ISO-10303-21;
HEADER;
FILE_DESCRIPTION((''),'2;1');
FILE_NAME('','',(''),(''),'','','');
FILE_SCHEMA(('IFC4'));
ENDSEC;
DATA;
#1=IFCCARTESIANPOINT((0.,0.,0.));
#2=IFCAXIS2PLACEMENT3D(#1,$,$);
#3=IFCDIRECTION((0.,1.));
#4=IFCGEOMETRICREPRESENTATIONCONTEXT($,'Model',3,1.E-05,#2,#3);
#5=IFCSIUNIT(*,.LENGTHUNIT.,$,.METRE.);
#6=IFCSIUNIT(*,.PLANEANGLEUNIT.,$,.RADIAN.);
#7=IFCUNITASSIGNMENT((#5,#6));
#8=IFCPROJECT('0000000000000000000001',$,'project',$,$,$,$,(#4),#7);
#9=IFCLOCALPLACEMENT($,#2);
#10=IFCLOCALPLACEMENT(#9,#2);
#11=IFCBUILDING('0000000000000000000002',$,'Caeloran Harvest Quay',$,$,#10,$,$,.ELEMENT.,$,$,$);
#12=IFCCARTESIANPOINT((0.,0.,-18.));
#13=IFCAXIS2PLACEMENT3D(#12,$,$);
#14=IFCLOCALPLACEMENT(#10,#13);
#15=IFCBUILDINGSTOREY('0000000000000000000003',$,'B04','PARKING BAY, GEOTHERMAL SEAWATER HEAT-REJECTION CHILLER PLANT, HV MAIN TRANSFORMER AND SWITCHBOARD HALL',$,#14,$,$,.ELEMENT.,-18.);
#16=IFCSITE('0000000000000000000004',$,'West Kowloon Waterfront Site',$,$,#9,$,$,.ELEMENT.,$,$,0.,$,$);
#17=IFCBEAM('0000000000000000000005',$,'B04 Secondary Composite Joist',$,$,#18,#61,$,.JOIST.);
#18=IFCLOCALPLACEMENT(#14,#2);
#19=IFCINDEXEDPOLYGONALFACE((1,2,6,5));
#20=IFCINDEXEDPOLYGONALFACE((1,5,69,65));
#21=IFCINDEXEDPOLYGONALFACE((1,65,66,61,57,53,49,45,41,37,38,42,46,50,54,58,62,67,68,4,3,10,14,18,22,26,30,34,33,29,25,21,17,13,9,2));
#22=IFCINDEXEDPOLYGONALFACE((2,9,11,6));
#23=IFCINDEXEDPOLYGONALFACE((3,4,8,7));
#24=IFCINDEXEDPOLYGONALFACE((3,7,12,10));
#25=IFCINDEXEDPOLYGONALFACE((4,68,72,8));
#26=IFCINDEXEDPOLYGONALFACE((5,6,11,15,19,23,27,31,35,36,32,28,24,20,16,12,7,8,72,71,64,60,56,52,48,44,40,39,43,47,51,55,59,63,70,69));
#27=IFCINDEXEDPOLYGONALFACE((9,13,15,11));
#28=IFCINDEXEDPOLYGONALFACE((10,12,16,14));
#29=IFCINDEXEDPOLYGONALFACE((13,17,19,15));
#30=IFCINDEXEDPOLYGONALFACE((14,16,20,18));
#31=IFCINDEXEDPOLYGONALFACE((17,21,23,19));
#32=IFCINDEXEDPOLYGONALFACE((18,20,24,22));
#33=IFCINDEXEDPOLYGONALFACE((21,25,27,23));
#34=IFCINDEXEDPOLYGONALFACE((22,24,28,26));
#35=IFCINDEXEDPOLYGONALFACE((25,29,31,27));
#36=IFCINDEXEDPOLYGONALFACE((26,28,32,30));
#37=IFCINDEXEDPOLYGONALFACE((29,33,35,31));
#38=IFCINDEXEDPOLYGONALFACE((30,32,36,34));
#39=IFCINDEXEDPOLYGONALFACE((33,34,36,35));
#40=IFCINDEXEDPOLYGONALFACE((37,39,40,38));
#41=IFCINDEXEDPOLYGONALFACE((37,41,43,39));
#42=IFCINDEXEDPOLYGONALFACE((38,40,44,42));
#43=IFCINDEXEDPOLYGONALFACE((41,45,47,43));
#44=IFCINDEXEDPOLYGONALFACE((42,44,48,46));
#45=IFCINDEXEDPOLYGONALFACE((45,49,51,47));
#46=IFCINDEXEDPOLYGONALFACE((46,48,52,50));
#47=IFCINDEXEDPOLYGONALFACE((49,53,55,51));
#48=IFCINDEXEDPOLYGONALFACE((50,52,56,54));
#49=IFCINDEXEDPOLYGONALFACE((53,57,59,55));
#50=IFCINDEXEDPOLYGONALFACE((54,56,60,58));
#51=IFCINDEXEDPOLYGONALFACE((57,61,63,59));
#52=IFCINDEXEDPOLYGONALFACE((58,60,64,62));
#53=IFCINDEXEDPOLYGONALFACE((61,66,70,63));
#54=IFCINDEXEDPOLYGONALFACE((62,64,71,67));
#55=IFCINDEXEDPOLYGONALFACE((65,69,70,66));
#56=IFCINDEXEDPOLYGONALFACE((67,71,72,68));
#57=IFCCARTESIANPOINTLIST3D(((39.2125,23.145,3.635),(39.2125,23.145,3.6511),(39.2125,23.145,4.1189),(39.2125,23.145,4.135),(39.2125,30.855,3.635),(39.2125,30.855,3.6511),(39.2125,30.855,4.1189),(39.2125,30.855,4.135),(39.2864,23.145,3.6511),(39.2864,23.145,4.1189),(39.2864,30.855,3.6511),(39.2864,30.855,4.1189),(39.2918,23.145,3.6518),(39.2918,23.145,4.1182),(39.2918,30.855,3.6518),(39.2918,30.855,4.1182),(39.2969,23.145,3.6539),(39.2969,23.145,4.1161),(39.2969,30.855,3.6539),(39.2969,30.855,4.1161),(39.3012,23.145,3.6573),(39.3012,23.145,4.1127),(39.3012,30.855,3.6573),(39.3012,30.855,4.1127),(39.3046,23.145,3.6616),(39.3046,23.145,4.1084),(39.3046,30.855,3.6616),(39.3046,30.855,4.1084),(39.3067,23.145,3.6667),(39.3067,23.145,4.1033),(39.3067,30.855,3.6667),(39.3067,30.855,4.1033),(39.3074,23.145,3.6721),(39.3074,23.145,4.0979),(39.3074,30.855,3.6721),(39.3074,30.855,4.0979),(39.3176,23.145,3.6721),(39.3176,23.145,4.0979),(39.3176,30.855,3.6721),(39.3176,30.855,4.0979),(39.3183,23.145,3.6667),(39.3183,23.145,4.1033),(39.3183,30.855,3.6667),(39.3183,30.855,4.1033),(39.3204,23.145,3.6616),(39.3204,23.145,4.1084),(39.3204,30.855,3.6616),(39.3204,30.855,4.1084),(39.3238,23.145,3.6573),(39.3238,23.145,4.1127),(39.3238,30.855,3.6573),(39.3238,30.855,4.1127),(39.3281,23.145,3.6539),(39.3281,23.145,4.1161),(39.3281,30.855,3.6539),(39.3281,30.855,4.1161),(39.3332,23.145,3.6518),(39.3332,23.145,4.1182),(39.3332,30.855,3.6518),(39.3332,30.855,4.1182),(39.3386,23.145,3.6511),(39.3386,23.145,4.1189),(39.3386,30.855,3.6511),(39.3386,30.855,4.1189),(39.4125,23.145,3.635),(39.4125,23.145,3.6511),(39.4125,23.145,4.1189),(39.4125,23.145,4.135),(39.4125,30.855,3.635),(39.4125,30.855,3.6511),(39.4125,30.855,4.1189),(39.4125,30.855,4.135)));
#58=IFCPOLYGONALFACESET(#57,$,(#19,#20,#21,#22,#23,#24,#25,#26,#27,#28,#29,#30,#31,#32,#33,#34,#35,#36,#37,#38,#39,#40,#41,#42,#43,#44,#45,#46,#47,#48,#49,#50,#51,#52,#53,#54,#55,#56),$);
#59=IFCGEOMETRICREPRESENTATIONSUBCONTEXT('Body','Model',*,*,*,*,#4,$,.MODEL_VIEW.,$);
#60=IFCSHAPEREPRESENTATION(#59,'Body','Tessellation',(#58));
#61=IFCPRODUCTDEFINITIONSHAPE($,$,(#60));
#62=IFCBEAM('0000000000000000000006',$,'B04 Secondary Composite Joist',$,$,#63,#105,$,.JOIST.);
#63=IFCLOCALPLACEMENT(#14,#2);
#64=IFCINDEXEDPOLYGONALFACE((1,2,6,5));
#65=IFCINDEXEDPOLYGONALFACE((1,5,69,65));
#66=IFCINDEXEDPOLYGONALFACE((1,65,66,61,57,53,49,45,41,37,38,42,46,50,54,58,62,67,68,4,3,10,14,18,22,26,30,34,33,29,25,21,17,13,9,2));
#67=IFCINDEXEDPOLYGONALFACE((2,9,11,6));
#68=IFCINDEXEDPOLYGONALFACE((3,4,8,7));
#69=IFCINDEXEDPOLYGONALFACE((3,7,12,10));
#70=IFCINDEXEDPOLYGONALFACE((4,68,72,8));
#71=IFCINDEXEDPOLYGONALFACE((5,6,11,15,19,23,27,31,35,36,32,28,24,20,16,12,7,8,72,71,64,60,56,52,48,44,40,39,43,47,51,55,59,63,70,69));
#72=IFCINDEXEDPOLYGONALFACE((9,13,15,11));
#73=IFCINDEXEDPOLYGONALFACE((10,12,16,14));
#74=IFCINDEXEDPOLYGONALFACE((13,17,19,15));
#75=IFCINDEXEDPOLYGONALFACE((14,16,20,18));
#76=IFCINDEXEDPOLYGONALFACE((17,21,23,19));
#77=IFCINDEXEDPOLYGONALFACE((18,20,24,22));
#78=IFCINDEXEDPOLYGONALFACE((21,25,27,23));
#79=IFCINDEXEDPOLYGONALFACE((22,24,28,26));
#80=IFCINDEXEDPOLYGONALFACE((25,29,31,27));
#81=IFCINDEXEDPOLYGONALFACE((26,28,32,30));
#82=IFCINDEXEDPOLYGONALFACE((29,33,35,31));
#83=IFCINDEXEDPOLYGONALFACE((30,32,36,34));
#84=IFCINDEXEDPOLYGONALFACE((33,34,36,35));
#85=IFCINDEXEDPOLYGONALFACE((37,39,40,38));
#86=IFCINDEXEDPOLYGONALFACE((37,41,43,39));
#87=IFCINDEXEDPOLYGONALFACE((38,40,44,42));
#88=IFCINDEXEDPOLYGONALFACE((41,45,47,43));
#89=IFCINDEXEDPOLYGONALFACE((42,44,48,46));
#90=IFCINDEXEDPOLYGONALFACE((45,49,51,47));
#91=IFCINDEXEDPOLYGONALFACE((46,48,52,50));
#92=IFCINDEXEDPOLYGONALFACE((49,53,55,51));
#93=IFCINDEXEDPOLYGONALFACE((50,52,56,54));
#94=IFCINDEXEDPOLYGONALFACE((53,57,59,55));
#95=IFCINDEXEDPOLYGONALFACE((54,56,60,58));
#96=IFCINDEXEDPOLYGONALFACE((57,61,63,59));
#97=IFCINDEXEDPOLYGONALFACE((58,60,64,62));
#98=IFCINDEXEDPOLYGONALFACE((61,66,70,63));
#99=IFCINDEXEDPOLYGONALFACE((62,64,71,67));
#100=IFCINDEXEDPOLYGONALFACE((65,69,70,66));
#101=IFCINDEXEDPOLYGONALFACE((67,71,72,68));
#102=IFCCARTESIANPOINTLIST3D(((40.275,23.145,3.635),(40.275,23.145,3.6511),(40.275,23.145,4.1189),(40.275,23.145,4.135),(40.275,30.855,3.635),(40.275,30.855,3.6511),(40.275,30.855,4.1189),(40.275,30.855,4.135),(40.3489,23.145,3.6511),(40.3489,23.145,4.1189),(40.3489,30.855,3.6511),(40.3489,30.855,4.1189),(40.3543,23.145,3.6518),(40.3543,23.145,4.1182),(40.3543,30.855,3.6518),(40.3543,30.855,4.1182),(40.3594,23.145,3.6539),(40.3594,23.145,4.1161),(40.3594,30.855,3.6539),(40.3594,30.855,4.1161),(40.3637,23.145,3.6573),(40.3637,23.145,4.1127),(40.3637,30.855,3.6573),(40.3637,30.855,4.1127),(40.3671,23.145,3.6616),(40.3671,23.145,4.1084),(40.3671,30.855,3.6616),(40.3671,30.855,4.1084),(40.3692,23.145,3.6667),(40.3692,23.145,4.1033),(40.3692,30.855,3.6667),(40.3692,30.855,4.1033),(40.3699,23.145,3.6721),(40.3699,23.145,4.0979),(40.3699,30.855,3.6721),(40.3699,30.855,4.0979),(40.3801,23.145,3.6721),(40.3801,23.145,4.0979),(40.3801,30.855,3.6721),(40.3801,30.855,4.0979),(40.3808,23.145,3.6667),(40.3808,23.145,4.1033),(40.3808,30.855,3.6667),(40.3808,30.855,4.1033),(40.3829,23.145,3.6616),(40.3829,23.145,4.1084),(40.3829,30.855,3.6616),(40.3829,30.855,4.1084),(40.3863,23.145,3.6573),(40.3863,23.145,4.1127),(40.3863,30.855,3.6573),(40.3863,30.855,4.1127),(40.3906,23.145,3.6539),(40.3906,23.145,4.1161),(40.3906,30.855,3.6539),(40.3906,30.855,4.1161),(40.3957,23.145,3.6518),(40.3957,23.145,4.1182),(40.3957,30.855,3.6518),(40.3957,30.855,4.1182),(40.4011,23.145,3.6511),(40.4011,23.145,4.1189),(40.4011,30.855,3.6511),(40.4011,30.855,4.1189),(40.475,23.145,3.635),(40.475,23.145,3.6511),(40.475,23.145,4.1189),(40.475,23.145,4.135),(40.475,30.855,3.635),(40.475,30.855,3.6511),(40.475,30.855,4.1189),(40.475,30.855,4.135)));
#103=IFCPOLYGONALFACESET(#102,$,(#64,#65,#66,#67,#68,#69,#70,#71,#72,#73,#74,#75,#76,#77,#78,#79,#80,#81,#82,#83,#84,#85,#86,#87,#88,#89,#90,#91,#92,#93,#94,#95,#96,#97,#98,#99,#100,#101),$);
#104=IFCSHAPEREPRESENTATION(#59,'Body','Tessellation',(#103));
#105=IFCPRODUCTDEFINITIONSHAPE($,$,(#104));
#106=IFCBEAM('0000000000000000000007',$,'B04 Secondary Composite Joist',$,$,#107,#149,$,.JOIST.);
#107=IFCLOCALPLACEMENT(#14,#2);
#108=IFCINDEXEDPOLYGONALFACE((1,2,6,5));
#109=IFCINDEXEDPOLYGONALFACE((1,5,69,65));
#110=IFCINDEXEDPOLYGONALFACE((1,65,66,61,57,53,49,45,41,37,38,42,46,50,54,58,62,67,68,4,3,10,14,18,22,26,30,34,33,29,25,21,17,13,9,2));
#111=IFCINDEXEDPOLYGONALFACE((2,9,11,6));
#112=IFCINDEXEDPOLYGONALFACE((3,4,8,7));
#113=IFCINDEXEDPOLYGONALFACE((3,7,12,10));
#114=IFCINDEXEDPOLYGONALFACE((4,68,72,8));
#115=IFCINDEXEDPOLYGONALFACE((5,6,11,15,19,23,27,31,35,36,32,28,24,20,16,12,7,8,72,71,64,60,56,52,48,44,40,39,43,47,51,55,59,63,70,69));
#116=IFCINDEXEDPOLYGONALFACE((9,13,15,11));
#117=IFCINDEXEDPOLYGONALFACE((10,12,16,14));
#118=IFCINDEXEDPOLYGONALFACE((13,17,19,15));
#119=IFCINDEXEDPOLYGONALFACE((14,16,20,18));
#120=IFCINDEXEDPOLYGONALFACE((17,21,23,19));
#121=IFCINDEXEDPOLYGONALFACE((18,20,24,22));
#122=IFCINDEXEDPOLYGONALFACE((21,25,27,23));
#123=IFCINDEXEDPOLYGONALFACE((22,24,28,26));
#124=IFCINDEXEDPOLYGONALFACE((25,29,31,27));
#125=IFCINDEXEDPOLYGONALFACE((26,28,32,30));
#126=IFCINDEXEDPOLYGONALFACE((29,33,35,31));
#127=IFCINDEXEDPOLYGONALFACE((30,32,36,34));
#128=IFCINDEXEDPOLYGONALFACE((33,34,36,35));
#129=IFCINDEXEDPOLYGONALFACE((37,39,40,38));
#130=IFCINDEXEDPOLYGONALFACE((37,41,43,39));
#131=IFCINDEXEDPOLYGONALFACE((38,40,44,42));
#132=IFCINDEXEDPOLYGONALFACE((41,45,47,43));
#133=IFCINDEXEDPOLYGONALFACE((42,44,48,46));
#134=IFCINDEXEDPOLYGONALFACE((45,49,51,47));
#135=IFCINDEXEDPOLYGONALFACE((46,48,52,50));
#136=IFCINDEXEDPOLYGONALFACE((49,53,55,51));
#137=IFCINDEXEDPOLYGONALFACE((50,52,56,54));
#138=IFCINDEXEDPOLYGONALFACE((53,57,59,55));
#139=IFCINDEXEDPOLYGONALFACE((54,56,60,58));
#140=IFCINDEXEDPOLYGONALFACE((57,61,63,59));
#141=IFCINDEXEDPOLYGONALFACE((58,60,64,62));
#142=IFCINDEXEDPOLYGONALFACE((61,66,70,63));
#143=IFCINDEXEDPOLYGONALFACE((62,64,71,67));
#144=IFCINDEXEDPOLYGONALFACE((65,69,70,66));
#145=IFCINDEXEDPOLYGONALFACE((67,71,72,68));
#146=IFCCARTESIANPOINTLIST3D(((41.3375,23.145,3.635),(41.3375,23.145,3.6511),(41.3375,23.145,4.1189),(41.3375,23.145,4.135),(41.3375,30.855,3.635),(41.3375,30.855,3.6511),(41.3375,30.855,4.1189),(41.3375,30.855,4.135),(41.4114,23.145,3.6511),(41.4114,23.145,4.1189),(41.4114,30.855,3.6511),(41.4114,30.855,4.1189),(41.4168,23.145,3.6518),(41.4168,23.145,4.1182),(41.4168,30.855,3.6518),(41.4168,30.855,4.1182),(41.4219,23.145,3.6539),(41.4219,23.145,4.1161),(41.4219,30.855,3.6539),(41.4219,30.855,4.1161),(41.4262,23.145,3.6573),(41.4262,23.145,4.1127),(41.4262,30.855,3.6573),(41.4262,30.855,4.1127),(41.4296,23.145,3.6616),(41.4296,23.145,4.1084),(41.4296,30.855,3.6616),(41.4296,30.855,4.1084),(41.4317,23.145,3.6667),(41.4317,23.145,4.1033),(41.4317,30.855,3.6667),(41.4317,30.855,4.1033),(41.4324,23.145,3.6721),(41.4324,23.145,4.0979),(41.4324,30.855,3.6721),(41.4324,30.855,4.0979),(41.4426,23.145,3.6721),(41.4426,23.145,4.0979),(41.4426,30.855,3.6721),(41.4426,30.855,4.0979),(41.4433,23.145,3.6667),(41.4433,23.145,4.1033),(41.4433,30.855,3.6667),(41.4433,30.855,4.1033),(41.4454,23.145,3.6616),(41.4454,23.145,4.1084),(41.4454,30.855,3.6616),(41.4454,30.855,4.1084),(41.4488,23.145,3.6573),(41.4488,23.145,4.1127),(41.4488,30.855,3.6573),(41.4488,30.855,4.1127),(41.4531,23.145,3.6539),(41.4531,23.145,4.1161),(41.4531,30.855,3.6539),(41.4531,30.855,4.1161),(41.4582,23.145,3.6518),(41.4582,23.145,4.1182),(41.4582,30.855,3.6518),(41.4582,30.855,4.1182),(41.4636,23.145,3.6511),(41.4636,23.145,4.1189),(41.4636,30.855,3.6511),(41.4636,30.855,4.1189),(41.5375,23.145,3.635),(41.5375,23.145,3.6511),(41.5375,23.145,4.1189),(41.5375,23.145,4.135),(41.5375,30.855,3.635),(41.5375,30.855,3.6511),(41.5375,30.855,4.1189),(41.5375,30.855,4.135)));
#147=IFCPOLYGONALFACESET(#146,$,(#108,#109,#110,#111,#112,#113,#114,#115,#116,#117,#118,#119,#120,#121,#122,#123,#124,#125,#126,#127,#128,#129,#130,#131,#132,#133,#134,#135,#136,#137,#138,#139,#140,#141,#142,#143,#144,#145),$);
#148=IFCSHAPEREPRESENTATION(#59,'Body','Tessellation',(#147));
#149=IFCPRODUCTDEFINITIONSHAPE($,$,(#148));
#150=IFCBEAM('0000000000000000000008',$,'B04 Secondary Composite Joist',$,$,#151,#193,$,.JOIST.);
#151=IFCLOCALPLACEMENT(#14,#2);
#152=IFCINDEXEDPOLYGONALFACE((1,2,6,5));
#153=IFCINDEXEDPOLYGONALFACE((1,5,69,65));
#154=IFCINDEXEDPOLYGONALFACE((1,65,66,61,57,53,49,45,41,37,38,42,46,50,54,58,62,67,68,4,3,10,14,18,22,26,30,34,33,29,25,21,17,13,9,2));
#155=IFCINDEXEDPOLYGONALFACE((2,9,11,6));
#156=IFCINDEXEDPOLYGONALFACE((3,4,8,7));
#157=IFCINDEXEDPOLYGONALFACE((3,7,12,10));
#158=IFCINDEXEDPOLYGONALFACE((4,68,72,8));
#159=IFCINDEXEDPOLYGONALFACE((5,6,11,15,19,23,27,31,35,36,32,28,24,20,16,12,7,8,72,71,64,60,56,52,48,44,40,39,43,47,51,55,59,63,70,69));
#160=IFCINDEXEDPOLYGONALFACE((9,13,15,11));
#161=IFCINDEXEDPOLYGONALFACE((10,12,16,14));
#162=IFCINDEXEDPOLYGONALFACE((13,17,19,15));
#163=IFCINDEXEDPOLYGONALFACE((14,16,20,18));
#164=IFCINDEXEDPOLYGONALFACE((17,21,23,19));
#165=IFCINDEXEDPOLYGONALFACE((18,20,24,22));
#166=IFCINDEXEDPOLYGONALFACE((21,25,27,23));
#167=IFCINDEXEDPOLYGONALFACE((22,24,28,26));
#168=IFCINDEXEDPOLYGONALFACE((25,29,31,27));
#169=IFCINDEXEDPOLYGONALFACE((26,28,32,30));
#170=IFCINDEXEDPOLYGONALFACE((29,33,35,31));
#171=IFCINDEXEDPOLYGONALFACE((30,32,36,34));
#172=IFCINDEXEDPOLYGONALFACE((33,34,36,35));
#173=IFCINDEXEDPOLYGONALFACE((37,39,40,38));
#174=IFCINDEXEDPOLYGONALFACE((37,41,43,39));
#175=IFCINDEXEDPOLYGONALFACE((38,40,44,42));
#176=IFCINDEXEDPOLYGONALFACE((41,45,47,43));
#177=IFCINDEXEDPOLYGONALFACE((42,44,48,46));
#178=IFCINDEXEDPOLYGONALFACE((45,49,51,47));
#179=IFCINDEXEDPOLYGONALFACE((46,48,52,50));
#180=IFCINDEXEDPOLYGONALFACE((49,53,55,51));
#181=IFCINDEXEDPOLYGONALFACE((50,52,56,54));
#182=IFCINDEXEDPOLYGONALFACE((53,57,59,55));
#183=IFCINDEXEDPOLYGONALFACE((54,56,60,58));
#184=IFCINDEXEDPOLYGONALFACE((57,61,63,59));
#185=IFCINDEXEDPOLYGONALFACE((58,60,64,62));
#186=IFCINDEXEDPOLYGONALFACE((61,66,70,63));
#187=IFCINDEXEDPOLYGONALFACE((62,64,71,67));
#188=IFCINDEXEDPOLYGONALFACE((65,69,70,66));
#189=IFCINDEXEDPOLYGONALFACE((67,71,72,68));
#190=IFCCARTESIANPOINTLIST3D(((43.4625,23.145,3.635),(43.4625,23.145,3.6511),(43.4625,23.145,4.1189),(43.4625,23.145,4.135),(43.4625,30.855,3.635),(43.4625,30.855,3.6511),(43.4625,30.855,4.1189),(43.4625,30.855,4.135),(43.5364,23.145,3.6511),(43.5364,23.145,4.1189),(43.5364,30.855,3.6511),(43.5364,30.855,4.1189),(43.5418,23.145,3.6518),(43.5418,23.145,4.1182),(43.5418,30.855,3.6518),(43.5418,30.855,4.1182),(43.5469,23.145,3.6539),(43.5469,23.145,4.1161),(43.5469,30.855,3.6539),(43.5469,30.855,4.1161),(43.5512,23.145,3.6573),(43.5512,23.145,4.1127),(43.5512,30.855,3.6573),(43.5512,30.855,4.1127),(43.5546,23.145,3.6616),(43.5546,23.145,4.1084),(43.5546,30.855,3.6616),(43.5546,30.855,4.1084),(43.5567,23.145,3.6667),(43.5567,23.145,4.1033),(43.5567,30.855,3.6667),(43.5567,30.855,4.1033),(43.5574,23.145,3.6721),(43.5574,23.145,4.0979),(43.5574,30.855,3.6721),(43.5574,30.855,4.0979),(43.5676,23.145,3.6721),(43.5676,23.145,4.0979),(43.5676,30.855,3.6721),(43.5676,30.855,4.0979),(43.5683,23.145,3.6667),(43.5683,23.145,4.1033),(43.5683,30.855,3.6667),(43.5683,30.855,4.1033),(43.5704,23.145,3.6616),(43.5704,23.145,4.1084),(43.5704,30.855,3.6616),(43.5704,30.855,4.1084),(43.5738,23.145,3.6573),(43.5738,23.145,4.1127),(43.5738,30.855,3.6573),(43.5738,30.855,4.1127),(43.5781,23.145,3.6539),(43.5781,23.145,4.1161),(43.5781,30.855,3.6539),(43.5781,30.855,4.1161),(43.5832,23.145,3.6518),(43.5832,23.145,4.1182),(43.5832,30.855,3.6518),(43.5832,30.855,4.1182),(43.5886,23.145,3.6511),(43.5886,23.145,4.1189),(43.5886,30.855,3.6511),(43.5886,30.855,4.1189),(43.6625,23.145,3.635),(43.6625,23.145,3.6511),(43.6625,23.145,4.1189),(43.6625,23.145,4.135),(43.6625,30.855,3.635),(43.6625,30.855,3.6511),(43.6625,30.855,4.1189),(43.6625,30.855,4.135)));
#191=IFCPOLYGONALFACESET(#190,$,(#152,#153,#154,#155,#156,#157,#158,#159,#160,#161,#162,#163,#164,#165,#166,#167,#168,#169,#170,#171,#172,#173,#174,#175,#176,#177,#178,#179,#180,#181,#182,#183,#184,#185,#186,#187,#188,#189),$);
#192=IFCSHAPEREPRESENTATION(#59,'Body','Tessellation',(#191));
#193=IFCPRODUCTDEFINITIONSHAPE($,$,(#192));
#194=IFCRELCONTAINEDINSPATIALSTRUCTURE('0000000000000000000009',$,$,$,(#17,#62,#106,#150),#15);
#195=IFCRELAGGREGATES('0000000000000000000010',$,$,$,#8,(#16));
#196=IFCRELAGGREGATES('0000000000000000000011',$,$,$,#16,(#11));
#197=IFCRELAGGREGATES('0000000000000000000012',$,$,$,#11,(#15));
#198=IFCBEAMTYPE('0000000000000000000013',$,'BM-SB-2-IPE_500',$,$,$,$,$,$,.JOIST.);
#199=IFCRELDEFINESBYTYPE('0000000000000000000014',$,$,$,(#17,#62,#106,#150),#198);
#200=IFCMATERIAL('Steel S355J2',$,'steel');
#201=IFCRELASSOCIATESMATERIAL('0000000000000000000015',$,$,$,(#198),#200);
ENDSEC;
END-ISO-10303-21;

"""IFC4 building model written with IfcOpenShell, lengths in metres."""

from ifc_helpers import new_model, si_unit, direction, frame, origin, origin_2d, place, context, subcontext, project, spatial, i_section, extrude, material, material_profile, profile_set, type_object, element, save


model = new_model("IFC4")

# Units and contexts
model_context = context("Model", 3, precision=1e-05, world=origin(), true_north=direction((0.0, 1.0)))
body_context = subcontext(model_context, "Body", "Model", "MODEL_VIEW")
ifc_project = project(units=[si_unit("LENGTHUNIT", "METRE"), si_unit("PLANEANGLEUNIT", "RADIAN")], contexts=[model_context])

# Site, building, storey
site_placement = place(None, origin())
site = spatial("IfcSite", under=ifc_project, at=site_placement, Name="West Kowloon Waterfront Site", CompositionType="ELEMENT", RefElevation=0.0)
building_placement = place(site_placement, origin())
building = spatial("IfcBuilding", under=site, at=building_placement, Name="Caeloran Harvest Quay", CompositionType="ELEMENT")
storey_placement = place(building_placement, frame((0.0, 0.0, -18.0)))
storey = spatial("IfcBuildingStorey", under=building, at=storey_placement, Name="B04", Description="PARKING BAY, GEOTHERMAL SEAWATER HEAT-REJECTION CHILLER PLANT, HV MAIN TRANSFORMER AND SWITCHBOARD HALL", CompositionType="ELEMENT", Elevation=-18.0)

# Beams
ifc_material_1 = material(Name="Steel S355J2", Category="steel")
ifc_material_profile_1 = material_profile(ifc_material_1, i_section(OverallWidth=0.2, OverallDepth=0.5, WebThickness=0.0103, FlangeThickness=0.0161, FilletRadius=0.021, at=origin_2d()), Name="IPE 500")
ifc_profile_set_1 = profile_set([ifc_material_profile_1], Name="Steel S355J2")
beam_type_1 = type_object("IfcBeamType", Name="BM-SB-2-IPE_500", PredefinedType="JOIST", material=ifc_profile_set_1)
for number, where, z_axis, x_axis, name in (
    (1, (39.3125, 23.145, 3.885), (0.0, 1.0, 0.0), (-1.0, 0.0, 0.0), "B04 Secondary Composite Joist"),
    (2, (40.375, 23.145, 3.885), (0.0, 1.0, 0.0), (-1.0, 0.0, 0.0), "B04 Secondary Composite Joist"),
    (3, (41.4375, 23.145, 3.885), (0.0, 1.0, 0.0), (-1.0, 0.0, 0.0), "B04 Secondary Composite Joist"),
    (4, (43.5625, 23.145, 3.885), (0.0, 1.0, 0.0), (-1.0, 0.0, 0.0), "B04 Secondary Composite Joist"),
):
    element("IfcBeam", number, at=place(storey_placement, frame(where, z_axis=z_axis, x_axis=x_axis)), inside=storey, type_object=beam_type_1, Name=name, PredefinedType="JOIST", context=body_context, shape_type="SweptSolid", body=[
        extrude(i_section(OverallWidth=0.2, OverallDepth=0.5, WebThickness=0.0103, FlangeThickness=0.0161, FilletRadius=0.021, at=origin_2d()), origin(), (0.0, 0.0, 1.0), 7.71),
    ])

save(model, "model.ifc")
